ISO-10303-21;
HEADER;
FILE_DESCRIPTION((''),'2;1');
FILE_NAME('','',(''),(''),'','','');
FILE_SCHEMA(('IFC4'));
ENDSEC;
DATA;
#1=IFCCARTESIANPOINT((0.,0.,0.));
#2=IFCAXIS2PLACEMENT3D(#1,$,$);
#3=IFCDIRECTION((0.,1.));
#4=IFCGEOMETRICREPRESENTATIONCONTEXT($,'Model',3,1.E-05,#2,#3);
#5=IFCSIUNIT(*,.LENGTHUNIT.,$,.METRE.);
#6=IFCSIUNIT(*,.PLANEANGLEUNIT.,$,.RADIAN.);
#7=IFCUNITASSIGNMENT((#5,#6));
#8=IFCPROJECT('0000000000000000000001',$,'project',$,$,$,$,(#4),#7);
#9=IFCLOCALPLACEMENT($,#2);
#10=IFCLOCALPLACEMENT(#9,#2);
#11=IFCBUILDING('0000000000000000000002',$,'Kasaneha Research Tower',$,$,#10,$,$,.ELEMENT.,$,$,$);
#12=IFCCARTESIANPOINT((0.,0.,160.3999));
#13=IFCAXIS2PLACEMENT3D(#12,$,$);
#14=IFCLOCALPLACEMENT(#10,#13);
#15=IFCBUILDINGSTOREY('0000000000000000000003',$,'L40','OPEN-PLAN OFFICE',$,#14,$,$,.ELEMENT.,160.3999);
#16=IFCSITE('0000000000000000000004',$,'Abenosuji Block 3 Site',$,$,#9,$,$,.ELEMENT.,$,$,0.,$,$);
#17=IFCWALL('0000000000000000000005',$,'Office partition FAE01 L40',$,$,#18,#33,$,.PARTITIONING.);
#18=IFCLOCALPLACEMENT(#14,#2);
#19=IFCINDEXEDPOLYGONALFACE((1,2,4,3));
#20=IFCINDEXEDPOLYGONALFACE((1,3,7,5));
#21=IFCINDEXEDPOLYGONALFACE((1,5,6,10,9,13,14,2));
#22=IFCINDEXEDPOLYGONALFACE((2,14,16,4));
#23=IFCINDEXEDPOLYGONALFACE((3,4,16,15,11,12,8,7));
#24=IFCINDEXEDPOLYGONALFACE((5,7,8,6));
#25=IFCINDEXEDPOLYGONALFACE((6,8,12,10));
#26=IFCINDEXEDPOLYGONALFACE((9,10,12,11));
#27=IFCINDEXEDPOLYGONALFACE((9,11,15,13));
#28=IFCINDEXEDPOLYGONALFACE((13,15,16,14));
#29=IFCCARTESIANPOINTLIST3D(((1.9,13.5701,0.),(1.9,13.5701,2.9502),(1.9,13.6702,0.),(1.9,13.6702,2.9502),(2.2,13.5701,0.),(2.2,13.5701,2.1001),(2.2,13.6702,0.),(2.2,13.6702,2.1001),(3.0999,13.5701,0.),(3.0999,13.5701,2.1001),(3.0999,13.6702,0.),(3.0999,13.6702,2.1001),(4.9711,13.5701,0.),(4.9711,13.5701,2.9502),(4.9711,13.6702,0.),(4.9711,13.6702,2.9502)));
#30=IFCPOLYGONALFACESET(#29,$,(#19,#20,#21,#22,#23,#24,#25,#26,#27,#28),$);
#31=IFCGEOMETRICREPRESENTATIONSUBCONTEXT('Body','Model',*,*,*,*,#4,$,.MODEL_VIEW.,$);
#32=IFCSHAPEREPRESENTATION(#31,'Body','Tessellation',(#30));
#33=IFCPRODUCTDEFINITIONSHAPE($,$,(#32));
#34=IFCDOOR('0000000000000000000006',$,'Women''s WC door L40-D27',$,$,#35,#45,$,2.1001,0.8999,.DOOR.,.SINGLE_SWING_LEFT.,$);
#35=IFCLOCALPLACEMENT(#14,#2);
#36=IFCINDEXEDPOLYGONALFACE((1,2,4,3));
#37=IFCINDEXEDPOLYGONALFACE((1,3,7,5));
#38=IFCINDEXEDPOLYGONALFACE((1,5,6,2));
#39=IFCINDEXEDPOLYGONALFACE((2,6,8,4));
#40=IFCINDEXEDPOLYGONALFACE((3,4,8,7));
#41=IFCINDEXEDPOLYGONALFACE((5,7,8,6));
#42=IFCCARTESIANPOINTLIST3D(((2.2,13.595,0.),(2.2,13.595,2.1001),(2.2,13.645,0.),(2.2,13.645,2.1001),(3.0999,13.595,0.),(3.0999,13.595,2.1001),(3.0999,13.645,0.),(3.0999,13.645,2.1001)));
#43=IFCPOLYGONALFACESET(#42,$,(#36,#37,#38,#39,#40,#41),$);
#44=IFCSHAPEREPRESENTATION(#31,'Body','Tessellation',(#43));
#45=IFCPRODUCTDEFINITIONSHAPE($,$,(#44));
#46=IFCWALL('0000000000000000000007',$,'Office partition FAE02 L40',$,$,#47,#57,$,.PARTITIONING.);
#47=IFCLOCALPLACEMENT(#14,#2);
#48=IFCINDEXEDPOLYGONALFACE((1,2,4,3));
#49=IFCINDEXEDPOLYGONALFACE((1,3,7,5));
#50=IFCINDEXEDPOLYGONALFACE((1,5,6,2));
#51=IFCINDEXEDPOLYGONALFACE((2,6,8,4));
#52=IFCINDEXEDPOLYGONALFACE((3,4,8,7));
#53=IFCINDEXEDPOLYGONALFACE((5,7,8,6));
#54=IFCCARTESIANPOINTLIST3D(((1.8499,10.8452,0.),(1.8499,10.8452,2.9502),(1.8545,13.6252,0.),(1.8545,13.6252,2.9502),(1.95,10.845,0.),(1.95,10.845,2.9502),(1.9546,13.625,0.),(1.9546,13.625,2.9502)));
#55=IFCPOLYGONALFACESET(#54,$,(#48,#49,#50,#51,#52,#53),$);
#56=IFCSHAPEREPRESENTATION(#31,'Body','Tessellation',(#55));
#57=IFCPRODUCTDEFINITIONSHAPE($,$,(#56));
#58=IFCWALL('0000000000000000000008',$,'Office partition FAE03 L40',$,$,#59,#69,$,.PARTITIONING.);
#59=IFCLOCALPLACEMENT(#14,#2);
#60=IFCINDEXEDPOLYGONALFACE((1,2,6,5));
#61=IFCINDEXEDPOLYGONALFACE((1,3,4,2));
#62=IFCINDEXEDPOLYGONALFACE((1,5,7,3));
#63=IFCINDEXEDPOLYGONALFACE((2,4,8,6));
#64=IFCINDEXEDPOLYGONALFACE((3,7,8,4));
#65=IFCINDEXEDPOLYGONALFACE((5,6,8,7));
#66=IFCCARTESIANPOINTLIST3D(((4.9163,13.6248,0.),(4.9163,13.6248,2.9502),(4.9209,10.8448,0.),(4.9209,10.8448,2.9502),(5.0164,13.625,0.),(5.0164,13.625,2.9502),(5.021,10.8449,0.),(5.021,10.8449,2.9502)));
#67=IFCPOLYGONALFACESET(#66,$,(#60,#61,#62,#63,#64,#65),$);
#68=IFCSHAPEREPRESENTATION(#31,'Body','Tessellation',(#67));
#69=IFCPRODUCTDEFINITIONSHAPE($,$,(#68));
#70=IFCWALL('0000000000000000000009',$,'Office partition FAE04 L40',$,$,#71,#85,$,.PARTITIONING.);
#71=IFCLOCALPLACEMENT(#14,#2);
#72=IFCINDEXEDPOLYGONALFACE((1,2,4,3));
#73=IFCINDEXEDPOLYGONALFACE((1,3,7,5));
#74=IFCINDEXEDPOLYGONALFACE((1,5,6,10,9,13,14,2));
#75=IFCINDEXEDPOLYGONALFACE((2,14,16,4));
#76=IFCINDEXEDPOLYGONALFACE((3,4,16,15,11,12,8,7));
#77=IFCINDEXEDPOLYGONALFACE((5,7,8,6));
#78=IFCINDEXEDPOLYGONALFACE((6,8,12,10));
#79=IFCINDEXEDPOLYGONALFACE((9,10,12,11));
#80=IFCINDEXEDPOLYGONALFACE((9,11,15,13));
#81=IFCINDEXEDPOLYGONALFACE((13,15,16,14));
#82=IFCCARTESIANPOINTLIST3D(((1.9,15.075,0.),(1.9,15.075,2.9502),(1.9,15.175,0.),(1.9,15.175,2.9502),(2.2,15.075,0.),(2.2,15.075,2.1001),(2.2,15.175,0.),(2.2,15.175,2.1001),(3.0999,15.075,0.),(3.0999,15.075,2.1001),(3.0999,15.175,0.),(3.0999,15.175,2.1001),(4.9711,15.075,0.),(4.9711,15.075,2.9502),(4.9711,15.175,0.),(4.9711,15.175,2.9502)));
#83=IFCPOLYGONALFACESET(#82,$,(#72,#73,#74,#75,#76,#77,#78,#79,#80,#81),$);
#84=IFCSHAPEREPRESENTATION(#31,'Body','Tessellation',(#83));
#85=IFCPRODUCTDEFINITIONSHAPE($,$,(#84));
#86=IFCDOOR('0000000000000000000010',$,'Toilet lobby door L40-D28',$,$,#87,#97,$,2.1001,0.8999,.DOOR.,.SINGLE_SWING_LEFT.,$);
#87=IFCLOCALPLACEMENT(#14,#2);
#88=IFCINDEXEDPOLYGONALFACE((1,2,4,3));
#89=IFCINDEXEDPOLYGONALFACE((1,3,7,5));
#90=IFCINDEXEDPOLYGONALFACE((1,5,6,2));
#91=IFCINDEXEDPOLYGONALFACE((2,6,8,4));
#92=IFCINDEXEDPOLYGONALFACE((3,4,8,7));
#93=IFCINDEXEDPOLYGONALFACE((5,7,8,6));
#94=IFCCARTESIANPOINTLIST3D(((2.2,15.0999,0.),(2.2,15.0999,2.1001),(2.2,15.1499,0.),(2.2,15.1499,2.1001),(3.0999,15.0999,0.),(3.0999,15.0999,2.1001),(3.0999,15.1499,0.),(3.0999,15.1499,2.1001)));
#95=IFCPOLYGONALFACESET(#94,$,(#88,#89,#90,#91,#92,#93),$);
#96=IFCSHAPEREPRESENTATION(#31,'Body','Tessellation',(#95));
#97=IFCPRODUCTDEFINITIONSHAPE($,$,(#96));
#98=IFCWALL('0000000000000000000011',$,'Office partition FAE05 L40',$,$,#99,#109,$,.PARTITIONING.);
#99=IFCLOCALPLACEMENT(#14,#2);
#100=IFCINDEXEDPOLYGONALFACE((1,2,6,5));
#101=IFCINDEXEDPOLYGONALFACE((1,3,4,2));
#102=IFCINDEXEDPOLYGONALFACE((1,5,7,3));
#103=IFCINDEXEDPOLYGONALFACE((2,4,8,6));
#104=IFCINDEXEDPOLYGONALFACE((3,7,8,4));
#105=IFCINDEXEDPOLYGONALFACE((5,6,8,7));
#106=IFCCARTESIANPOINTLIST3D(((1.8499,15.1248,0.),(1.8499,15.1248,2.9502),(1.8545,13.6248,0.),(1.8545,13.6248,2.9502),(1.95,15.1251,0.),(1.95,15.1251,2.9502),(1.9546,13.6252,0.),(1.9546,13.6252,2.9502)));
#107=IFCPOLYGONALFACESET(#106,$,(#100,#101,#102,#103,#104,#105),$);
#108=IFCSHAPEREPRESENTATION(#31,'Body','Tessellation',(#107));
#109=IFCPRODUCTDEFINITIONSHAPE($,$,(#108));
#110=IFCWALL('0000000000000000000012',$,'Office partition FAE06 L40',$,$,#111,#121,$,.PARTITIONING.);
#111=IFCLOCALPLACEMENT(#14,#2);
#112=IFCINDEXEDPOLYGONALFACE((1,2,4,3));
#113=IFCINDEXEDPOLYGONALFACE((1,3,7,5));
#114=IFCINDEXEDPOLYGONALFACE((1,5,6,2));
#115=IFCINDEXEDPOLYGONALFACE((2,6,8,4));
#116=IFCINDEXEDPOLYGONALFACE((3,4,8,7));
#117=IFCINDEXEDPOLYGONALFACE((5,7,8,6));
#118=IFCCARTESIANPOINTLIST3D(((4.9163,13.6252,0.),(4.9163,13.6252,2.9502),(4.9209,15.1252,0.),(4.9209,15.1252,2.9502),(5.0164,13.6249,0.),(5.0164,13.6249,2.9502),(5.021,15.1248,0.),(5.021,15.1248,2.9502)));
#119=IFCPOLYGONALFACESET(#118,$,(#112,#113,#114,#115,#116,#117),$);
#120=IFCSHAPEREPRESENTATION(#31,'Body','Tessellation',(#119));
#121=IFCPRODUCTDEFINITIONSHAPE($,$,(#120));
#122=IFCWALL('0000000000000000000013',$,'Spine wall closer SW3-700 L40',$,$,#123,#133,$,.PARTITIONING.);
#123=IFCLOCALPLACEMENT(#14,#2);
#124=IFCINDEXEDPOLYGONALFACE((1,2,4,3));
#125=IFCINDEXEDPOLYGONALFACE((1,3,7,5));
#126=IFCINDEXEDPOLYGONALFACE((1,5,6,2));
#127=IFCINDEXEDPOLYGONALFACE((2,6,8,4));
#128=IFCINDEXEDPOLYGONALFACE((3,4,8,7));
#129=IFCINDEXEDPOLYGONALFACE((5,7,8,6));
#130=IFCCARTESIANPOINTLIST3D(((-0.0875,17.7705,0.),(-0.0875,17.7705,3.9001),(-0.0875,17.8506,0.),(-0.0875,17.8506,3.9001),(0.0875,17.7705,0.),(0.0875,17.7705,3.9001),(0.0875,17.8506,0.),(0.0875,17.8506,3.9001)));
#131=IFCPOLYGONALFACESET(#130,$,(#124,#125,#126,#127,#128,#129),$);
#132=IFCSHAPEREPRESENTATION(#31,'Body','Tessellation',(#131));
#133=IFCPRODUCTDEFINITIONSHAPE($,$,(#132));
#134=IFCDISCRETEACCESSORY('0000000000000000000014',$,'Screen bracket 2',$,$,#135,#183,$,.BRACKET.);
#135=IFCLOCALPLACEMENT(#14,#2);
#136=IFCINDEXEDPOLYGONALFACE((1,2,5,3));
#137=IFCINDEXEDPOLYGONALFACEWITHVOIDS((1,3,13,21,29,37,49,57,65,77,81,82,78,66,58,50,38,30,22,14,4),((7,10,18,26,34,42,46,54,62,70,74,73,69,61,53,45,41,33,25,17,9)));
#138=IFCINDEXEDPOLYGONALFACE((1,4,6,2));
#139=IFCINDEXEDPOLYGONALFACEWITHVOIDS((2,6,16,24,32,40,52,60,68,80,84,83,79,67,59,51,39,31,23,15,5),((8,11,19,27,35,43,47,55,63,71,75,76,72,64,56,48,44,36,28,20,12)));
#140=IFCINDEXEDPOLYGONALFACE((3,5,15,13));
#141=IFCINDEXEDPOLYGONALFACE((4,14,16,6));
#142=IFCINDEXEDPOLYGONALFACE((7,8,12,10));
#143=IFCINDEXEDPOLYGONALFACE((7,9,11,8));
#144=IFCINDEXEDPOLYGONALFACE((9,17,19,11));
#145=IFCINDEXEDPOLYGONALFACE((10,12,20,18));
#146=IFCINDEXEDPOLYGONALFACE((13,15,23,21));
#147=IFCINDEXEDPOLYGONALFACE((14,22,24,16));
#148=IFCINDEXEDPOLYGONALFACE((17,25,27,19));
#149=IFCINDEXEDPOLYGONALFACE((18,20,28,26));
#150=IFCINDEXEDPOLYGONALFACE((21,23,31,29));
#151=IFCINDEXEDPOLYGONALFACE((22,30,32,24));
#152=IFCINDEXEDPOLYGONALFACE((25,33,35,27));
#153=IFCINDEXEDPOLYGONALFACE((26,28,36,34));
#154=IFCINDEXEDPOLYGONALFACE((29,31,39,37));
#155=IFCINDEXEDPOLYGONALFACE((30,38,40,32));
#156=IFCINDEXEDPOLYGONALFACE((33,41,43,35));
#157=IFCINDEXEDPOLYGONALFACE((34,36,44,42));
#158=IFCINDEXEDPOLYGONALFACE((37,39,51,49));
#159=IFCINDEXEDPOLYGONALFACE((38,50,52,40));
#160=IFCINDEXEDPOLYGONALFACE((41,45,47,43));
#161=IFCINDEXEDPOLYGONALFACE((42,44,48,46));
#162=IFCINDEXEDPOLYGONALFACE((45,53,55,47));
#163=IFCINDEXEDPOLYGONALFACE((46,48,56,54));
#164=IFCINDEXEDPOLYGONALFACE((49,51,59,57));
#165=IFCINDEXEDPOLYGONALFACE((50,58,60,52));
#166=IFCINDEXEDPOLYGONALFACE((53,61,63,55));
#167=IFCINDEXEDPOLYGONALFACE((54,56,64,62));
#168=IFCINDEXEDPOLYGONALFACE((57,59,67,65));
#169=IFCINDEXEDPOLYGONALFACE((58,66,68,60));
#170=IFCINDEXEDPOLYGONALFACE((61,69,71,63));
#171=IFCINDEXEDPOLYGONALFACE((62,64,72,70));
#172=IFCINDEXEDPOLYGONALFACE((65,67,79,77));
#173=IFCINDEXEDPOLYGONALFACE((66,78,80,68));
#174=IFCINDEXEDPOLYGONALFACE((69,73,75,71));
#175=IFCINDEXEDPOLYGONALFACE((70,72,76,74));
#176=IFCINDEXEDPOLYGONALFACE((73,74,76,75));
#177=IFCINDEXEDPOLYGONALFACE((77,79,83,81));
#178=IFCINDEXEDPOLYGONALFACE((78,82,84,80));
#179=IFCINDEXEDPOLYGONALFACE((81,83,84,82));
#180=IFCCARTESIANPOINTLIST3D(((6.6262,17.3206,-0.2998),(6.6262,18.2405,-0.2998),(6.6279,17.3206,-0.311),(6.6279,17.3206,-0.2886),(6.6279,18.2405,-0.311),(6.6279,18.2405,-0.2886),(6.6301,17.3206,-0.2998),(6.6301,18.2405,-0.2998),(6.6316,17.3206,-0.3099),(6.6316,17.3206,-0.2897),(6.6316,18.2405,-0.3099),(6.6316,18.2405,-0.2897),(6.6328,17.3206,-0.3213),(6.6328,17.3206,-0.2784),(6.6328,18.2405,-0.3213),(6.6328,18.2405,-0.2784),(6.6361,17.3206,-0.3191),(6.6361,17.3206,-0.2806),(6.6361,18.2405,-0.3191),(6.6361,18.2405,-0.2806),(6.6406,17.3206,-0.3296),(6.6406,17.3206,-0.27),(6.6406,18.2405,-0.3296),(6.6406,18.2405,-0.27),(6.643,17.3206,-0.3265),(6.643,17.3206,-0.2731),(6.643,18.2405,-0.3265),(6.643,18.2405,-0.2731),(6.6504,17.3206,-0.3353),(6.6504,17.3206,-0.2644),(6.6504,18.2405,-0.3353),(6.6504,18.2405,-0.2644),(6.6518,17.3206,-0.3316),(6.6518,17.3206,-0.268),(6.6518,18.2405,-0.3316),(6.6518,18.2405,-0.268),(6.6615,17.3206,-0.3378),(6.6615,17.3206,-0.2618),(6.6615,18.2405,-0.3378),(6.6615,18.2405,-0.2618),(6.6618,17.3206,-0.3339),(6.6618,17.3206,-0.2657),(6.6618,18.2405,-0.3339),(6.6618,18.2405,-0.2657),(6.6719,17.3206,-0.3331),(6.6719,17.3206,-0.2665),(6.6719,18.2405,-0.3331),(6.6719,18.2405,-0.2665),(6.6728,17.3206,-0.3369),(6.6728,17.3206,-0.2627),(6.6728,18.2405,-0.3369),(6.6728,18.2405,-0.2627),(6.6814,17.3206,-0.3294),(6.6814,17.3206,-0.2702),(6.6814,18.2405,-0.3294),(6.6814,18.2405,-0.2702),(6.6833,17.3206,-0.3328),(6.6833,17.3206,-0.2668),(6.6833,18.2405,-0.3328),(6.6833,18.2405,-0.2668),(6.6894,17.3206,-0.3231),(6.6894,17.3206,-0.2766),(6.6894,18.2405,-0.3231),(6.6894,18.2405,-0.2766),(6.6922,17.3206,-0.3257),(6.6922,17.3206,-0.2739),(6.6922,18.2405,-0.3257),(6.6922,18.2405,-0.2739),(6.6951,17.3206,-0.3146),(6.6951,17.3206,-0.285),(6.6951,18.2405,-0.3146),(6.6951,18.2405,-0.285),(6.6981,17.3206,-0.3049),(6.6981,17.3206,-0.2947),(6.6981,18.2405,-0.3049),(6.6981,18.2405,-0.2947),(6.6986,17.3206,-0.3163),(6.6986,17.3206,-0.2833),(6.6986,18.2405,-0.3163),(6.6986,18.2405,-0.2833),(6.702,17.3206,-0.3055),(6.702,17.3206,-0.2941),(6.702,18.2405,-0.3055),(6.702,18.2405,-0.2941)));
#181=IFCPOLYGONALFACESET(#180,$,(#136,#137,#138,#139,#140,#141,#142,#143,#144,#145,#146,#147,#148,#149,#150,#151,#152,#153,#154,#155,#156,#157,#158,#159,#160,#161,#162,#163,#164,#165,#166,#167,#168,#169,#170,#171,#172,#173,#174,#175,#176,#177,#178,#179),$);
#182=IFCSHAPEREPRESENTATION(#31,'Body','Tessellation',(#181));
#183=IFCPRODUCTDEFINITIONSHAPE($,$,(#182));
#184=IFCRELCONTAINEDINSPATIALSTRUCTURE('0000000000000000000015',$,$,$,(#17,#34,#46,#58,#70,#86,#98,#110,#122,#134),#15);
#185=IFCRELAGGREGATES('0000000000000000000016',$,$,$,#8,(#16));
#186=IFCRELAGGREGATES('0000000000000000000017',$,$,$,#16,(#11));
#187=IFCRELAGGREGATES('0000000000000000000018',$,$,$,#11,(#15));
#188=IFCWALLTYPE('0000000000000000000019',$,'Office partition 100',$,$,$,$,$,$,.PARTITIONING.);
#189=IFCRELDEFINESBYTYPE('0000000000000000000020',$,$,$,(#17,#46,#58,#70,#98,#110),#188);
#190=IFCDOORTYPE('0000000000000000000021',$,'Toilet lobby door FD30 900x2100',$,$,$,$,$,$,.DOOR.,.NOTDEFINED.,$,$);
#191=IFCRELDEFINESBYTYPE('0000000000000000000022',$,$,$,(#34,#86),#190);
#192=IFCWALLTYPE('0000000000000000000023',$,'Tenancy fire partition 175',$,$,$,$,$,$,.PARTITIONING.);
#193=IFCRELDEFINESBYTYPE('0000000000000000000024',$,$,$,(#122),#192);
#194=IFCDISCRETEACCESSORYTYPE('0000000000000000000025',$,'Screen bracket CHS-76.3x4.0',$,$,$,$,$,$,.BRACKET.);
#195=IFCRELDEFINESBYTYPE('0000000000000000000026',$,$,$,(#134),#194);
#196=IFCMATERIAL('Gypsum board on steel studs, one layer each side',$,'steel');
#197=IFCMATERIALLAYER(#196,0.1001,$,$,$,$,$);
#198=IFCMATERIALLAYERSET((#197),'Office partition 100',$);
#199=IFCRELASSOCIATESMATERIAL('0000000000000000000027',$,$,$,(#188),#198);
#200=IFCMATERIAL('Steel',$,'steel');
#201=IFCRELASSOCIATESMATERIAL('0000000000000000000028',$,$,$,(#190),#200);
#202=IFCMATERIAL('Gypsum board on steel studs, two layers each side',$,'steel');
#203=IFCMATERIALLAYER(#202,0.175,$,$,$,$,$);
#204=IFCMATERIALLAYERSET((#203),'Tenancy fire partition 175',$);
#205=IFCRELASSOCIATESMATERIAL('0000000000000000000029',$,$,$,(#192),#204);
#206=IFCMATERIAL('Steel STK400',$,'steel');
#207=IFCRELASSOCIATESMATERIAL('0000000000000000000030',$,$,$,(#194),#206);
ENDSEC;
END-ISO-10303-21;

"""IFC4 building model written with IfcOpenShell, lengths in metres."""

from ifc_helpers import new_model, si_unit, direction, frame, frame_2d, origin, origin_2d, place, context, subcontext, project, spatial, rectangle, hollow_circle, extrude, material, layer, layer_set, material_profile, profile_set, type_object, element, fill, save


model = new_model("IFC4")

# Units and contexts
model_context = context("Model", 3, precision=1e-05, world=origin(), true_north=direction((0.0, 1.0)))
body_context = subcontext(model_context, "Body", "Model", "MODEL_VIEW")
ifc_project = project(units=[si_unit("LENGTHUNIT", "METRE"), si_unit("PLANEANGLEUNIT", "RADIAN")], contexts=[model_context])

# Site, building, storey
site_placement = place(None, origin())
site = spatial("IfcSite", under=ifc_project, at=site_placement, Name="Abenosuji Block 3 Site", CompositionType="ELEMENT", RefElevation=0.0)
building_placement = place(site_placement, origin())
building = spatial("IfcBuilding", under=site, at=building_placement, Name="Kasaneha Research Tower", CompositionType="ELEMENT")
storey_placement = place(building_placement, frame((0.0, 0.0, 160.3999)))
storey = spatial("IfcBuildingStorey", under=building, at=storey_placement, Name="L40", Description="OPEN-PLAN OFFICE", CompositionType="ELEMENT", Elevation=160.3999)

# Wall, opening, door
ifc_material_1 = material(Name="Gypsum board on steel studs, one layer each side", Category="steel")
ifc_layer_1 = layer(ifc_material_1, 0.1001)
ifc_layer_set_1 = layer_set([ifc_layer_1], Name="Office partition 100")
wall_type_1 = type_object("IfcWallType", Name="Office partition 100", PredefinedType="PARTITIONING", material=ifc_layer_set_1)
wall_1_placement = place(storey_placement, frame((1.8999, 13.6201, 0.0), z_axis=(0.0, 0.0, 1.0), x_axis=(1.0, 0.0, 0.0)))
wall_1 = element("IfcWall", 1, at=wall_1_placement, inside=storey, type_object=wall_type_1, Name="Office partition FAE01 L40", PredefinedType="PARTITIONING", context=body_context, shape_type="SweptSolid", body=[
    extrude(rectangle(XDim=3.071, YDim=0.1001, at=frame_2d((1.5356, 0.0))), origin(), (0.0, 0.0, 1.0), 2.9502),
])
opening_1_placement = place(wall_1_placement, frame((0.3, 0.0, 0.0)))
opening_1 = element("IfcOpeningElement", 2, at=opening_1_placement, cuts=wall_1, PredefinedType="OPENING", context=body_context, shape_type="SweptSolid", body=[
    extrude(rectangle(XDim=0.8999, YDim=2.1001, at=frame_2d((0.45, 1.05))), frame((0.0, 0.0601, 0.0), z_axis=(0.0, -1.0, 0.0), x_axis=(1.0, 0.0, 0.0)), (0.0, 0.0, 1.0), 0.1201),
])
ifc_material_2 = material(Name="Steel", Category="steel")
door_type = type_object("IfcDoorType", Name="Toilet lobby door FD30 900x2100", OperationType="NOTDEFINED", PredefinedType="DOOR", material=ifc_material_2)
door_1_placement = place(opening_1_placement, origin())
door_1 = element("IfcDoor", 3, at=door_1_placement, inside=storey, type_object=door_type, Name="Women's WC door L40-D27", OperationType="SINGLE_SWING_LEFT", OverallHeight=2.1001, OverallWidth=0.8999, PredefinedType="DOOR", context=body_context, shape_type="SweptSolid", body=[
    extrude(rectangle(XDim=0.8999, YDim=2.1001, at=frame_2d((0.45, 1.05))), frame((0.0, 0.0249, 0.0), z_axis=(0.0, -1.0, 0.0), x_axis=(1.0, 0.0, 0.0)), (0.0, 0.0, 1.0), 0.05),
])
fill(opening_1, door_1)

# Walls
for number, where, z_axis, x_axis, name in (
    (4, (1.8999, 10.845, 0.0), (0.0, 0.0, 1.0), (0.001669, 0.999999, 0.0), "Office partition FAE02 L40"),
    (5, (4.9663, 13.625, 0.0), (0.0, 0.0, 1.0), (0.001669, -0.999999, 0.0), "Office partition FAE03 L40"),
):
    element("IfcWall", number, at=place(storey_placement, frame(where, z_axis=z_axis, x_axis=x_axis)), inside=storey, type_object=wall_type_1, Name=name, PredefinedType="PARTITIONING", context=body_context, shape_type="SweptSolid", body=[
        extrude(rectangle(XDim=2.78, YDim=0.1001, at=frame_2d((1.3901, 0.0))), origin(), (0.0, 0.0, 1.0), 2.9502),
    ])

# Wall, opening, door
wall_2_placement = place(storey_placement, frame((1.8999, 15.125, 0.0), z_axis=(0.0, 0.0, 1.0), x_axis=(1.0, 0.0, 0.0)))
wall_2 = element("IfcWall", 6, at=wall_2_placement, inside=storey, type_object=wall_type_1, Name="Office partition FAE04 L40", PredefinedType="PARTITIONING", context=body_context, shape_type="SweptSolid", body=[
    extrude(rectangle(XDim=3.071, YDim=0.1001, at=frame_2d((1.5356, 0.0))), origin(), (0.0, 0.0, 1.0), 2.9502),
])
opening_2_placement = place(wall_2_placement, frame((0.3, 0.0, 0.0)))
opening_2 = element("IfcOpeningElement", 7, at=opening_2_placement, cuts=wall_2, PredefinedType="OPENING", context=body_context, shape_type="SweptSolid", body=[
    extrude(rectangle(XDim=0.8999, YDim=2.1001, at=frame_2d((0.45, 1.05))), frame((0.0, 0.0601, 0.0), z_axis=(0.0, -1.0, 0.0), x_axis=(1.0, 0.0, 0.0)), (0.0, 0.0, 1.0), 0.1201),
])
door_2_placement = place(opening_2_placement, origin())
door_2 = element("IfcDoor", 8, at=door_2_placement, inside=storey, type_object=door_type, Name="Toilet lobby door L40-D28", OperationType="SINGLE_SWING_LEFT", OverallHeight=2.1001, OverallWidth=0.8999, PredefinedType="DOOR", context=body_context, shape_type="SweptSolid", body=[
    extrude(rectangle(XDim=0.8999, YDim=2.1001, at=frame_2d((0.45, 1.05))), frame((0.0, 0.0249, 0.0), z_axis=(0.0, -1.0, 0.0), x_axis=(1.0, 0.0, 0.0)), (0.0, 0.0, 1.0), 0.05),
])
fill(opening_2, door_2)

# Walls
for number, where, z_axis, x_axis, name in (
    (9, (1.9045, 13.625, 0.0), (0.0, 0.0, 1.0), (-0.003092, 0.999995, 0.0), "Office partition FAE05 L40"),
    (10, (4.9709, 15.125, 0.0), (0.0, 0.0, 1.0), (-0.003092, -0.999995, 0.0), "Office partition FAE06 L40"),
):
    element("IfcWall", number, at=place(storey_placement, frame(where, z_axis=z_axis, x_axis=x_axis)), inside=storey, type_object=wall_type_1, Name=name, PredefinedType="PARTITIONING", context=body_context, shape_type="SweptSolid", body=[
        extrude(rectangle(XDim=1.5, YDim=0.1001, at=frame_2d((0.75, 0.0))), origin(), (0.0, 0.0, 1.0), 2.9502),
    ])
ifc_material_3 = material(Name="Gypsum board on steel studs, two layers each side", Category="steel")
ifc_layer_2 = layer(ifc_material_3, 0.175)
ifc_layer_set_2 = layer_set([ifc_layer_2], Name="Tenancy fire partition 175")
wall_type_2 = type_object("IfcWallType", Name="Tenancy fire partition 175", PredefinedType="PARTITIONING", material=ifc_layer_set_2)
wall_3_placement = place(storey_placement, frame((0.0, 17.7705, 0.0), z_axis=(0.0, 0.0, 1.0), x_axis=(0.0, 1.0, 0.0)))
element("IfcWall", 11, at=wall_3_placement, inside=storey, type_object=wall_type_2, Name="Spine wall closer SW3-700 L40", PredefinedType="PARTITIONING", context=body_context, shape_type="SweptSolid", body=[
    extrude(rectangle(XDim=0.0801, YDim=0.175, at=frame_2d((0.04, 0.0))), origin(), (0.0, 0.0, 1.0), 3.9001),
])

# Discrete accessory
ifc_material_4 = material(Name="Steel STK400", Category="steel")
ifc_material_profile_1 = material_profile(ifc_material_4, hollow_circle(Radius=0.0381, WallThickness=0.0039, at=origin_2d()), Name="CHS-76.3x4.0")
ifc_profile_set_1 = profile_set([ifc_material_profile_1], Name="Steel STK400")
discrete_accessory_type = type_object("IfcDiscreteAccessoryType", Name="Screen bracket CHS-76.3x4.0", PredefinedType="BRACKET", material=ifc_profile_set_1)
for number, where, z_axis, x_axis, name in (
    (12, (6.6643, 17.3206, -0.2998), (0.0, 1.0, 0.0), (-1.0, 0.0, 0.0), "Screen bracket 2"),
):
    element("IfcDiscreteAccessory", number, at=place(storey_placement, frame(where, z_axis=z_axis, x_axis=x_axis)), inside=storey, type_object=discrete_accessory_type, Name=name, PredefinedType="BRACKET", context=body_context, shape_type="SweptSolid", body=[
        extrude(hollow_circle(Radius=0.0381, WallThickness=0.0039, at=origin_2d()), origin(), (0.0, 0.0, 1.0), 0.9199),
    ])

save(model, "model.ifc")
